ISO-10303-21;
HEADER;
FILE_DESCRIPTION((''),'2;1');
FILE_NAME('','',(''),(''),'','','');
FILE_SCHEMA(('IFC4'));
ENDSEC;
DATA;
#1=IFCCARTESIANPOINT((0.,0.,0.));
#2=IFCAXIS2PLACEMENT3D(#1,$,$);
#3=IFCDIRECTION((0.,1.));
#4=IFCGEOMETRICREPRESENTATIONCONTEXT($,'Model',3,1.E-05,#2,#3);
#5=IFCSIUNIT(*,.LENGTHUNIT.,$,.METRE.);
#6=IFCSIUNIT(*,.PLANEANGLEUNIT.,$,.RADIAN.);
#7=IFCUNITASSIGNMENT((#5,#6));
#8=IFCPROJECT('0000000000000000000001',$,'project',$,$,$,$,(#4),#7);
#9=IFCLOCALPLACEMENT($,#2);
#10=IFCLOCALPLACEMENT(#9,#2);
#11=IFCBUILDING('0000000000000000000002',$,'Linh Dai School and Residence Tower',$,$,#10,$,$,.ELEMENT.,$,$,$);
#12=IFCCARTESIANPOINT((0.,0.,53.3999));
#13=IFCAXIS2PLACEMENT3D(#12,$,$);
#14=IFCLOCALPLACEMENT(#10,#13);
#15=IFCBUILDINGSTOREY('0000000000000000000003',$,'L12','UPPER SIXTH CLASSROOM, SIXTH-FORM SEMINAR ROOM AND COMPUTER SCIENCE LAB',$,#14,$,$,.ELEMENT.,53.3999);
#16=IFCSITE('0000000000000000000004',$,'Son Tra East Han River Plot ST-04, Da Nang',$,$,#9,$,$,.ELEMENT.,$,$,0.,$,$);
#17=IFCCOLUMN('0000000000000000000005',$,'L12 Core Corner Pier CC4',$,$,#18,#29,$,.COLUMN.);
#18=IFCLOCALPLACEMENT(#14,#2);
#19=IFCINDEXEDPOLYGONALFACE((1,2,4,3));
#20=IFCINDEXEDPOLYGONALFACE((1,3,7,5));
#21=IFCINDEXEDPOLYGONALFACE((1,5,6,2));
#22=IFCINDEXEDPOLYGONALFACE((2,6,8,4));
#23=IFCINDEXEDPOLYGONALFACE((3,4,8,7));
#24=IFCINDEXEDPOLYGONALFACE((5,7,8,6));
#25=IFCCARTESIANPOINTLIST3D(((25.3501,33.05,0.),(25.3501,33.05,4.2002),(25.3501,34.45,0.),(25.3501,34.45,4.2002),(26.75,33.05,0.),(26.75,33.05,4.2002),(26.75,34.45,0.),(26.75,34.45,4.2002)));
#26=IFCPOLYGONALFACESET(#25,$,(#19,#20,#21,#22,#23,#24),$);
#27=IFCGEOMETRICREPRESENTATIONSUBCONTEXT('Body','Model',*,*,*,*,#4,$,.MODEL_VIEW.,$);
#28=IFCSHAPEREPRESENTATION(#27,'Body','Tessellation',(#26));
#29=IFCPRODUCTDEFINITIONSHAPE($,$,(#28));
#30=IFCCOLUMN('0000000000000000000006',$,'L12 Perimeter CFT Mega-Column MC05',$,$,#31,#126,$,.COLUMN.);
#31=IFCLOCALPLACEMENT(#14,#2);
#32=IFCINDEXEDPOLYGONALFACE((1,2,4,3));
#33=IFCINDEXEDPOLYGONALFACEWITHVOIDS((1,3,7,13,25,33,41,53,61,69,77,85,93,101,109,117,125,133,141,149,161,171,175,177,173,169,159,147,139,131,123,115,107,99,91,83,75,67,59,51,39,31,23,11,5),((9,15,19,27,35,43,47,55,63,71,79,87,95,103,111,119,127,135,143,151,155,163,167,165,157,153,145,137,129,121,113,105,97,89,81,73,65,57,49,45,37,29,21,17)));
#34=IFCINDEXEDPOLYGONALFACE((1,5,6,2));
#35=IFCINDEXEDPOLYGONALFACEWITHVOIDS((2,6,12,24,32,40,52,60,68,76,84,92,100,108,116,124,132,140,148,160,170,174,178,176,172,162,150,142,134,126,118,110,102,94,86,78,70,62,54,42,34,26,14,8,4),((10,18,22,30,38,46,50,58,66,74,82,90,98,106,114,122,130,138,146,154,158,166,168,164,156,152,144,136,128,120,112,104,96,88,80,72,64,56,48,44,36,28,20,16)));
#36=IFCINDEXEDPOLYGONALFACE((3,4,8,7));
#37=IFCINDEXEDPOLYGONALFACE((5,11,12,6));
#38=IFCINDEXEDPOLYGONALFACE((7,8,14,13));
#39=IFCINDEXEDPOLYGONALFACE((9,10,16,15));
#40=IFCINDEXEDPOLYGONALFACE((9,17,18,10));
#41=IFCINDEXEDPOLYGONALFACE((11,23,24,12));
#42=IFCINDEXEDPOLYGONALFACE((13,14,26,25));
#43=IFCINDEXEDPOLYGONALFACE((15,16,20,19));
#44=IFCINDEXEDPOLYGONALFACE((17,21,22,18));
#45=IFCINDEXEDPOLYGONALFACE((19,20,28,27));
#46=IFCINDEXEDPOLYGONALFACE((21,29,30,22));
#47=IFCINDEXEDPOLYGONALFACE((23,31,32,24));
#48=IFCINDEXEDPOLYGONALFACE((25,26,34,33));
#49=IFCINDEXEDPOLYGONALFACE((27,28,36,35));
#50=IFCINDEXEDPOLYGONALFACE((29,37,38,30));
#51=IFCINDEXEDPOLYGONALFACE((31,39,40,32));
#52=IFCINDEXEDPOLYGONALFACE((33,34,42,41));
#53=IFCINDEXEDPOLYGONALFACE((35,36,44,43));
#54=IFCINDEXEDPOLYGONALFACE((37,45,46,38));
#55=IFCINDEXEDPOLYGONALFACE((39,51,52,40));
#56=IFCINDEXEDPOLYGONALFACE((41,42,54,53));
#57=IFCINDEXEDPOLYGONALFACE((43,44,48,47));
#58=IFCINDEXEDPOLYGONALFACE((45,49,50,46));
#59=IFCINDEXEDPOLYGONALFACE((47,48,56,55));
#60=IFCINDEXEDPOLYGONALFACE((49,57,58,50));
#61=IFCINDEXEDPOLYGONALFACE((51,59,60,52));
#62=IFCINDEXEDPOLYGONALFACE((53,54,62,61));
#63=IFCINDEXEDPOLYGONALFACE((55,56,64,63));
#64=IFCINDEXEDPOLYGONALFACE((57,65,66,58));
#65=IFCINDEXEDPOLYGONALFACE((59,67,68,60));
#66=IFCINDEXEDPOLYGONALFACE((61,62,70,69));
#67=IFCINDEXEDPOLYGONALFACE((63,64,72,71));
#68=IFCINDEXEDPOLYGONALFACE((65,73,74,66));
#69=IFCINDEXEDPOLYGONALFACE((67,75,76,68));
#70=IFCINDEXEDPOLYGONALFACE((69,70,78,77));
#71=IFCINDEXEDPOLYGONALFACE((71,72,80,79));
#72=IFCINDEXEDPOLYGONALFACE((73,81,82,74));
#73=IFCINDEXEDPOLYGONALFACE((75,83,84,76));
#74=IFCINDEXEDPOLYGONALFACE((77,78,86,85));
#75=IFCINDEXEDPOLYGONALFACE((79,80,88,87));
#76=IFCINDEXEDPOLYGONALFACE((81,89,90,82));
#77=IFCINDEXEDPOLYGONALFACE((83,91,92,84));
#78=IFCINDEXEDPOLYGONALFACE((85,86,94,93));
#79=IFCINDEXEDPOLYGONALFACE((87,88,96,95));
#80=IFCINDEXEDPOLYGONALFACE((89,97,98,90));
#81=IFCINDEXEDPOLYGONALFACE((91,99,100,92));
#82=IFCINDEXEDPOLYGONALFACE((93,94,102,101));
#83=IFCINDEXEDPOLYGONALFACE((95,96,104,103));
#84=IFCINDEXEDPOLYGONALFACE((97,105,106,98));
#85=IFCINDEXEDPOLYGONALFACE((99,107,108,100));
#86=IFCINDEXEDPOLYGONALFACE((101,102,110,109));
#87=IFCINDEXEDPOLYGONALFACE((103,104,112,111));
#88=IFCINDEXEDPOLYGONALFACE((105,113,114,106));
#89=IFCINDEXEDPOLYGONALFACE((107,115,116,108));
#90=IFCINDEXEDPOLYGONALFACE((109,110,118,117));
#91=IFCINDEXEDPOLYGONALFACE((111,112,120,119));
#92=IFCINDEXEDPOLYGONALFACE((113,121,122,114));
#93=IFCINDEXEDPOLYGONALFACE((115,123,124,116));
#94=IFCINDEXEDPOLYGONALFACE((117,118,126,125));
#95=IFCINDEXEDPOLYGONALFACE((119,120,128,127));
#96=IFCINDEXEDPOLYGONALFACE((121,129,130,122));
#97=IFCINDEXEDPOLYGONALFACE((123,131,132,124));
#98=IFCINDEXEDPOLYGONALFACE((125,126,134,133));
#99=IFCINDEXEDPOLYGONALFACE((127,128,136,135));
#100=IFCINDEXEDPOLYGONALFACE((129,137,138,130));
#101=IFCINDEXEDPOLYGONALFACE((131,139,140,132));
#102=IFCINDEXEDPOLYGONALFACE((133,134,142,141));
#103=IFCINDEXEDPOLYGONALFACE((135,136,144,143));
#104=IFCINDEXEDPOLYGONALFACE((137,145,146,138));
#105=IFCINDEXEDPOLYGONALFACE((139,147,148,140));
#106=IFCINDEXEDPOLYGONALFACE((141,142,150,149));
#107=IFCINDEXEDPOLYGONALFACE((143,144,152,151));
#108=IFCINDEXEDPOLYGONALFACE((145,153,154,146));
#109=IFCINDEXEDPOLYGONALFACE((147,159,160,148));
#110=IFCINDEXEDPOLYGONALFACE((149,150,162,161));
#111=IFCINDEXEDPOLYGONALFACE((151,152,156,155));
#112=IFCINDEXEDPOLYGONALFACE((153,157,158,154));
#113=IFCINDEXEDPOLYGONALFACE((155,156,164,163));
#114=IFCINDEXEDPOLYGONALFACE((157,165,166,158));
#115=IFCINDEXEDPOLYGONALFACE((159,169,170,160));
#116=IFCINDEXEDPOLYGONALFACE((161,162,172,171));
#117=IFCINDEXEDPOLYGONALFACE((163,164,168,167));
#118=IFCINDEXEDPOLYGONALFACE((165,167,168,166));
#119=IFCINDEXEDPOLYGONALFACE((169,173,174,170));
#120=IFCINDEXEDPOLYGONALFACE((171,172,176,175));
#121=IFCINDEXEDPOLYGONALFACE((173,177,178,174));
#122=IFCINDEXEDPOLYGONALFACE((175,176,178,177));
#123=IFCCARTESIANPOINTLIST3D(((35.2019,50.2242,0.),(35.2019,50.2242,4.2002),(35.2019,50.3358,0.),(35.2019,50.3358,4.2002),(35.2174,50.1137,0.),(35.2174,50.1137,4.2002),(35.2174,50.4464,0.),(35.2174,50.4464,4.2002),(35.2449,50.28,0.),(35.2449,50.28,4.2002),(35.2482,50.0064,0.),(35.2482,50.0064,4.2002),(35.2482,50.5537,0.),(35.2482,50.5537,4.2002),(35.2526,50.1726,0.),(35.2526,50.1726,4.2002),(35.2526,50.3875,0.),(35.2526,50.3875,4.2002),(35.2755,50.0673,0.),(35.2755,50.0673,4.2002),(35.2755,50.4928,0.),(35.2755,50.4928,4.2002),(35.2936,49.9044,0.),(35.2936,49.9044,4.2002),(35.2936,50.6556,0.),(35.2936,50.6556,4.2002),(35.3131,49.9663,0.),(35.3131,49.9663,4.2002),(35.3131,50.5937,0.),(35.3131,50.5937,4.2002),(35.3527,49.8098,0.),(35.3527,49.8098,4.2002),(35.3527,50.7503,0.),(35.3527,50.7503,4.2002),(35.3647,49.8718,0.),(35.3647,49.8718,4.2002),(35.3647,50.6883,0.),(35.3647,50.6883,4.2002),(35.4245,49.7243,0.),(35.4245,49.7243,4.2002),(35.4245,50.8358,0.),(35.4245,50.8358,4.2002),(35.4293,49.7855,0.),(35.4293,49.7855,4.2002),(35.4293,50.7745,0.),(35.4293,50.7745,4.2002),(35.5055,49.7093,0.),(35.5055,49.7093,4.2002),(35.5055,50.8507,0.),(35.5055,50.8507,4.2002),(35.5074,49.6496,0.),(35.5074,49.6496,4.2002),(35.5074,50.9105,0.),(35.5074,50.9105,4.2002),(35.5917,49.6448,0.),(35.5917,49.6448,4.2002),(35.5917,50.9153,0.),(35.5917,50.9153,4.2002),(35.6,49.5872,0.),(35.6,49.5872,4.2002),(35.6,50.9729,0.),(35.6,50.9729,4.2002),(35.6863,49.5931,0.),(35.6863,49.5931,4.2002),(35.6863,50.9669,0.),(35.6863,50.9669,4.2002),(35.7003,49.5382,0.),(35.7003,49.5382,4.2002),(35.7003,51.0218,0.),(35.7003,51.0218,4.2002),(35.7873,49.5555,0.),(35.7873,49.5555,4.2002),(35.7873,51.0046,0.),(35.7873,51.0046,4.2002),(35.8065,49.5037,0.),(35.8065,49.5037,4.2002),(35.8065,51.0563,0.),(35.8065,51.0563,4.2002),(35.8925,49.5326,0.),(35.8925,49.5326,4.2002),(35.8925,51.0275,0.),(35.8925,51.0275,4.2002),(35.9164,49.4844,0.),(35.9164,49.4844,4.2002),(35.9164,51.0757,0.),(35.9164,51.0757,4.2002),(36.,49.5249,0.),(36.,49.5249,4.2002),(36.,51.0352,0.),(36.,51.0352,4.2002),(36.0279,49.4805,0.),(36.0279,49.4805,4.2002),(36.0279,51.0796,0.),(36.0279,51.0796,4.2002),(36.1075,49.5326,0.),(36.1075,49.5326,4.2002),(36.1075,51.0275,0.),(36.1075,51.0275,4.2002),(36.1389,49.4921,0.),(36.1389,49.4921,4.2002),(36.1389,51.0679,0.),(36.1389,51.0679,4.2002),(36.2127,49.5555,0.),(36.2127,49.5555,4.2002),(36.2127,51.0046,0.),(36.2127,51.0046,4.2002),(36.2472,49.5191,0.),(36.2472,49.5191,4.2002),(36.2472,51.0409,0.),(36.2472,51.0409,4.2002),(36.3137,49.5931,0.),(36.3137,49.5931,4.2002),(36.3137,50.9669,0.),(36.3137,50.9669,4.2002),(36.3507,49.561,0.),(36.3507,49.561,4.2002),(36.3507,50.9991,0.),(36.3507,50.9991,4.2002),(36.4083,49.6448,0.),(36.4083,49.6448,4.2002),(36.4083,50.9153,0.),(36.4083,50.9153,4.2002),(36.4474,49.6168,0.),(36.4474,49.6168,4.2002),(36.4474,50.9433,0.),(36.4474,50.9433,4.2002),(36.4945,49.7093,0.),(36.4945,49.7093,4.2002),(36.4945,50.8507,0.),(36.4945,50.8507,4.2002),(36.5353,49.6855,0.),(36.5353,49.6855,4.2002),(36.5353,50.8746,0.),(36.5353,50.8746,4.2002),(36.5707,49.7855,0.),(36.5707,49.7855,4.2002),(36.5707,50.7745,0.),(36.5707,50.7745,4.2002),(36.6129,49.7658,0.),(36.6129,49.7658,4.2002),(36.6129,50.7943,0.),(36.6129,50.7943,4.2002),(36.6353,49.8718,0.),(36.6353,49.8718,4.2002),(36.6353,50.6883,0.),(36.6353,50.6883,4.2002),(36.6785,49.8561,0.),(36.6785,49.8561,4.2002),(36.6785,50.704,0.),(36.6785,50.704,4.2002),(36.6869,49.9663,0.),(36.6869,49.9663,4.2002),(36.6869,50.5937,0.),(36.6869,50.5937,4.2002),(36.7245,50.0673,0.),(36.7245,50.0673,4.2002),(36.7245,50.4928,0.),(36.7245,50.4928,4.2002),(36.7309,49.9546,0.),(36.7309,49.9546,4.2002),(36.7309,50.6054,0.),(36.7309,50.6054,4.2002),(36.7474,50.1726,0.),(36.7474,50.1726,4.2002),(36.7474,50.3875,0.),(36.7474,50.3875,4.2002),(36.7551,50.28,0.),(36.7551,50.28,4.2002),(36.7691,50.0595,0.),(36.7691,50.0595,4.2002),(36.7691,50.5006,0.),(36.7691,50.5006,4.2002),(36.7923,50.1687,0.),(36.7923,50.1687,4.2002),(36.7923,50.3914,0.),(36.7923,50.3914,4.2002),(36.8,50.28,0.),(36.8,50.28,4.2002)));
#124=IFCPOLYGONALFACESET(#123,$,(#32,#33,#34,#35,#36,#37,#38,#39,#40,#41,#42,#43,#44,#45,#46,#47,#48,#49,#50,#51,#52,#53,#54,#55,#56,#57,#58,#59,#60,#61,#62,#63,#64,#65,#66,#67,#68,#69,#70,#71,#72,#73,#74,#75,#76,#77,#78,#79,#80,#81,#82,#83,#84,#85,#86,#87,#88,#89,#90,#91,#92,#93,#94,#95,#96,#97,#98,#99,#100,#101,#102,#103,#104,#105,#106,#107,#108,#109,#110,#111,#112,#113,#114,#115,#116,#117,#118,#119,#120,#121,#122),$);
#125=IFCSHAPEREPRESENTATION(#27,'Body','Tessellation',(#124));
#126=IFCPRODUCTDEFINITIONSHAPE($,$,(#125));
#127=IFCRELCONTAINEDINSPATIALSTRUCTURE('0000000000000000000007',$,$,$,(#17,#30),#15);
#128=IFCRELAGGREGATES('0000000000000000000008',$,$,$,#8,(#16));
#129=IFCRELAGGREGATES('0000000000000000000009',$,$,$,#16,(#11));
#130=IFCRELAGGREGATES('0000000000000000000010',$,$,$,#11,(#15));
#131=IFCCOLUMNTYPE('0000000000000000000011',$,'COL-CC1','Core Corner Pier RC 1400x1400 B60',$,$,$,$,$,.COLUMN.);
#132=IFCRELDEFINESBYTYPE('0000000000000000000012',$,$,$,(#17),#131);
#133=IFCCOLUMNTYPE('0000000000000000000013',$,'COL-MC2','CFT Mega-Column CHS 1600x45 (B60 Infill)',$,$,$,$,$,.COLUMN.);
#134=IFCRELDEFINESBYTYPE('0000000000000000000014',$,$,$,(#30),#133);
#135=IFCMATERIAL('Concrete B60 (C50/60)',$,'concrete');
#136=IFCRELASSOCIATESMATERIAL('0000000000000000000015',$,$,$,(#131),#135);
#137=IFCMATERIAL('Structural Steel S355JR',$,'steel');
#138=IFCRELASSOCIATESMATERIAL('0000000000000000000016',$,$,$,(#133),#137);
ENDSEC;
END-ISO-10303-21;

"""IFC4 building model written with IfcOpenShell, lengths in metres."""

from ifc_helpers import new_model, si_unit, direction, frame, origin, origin_2d, place, context, subcontext, project, spatial, rectangle, hollow_circle, extrude, material, material_profile, profile_set, type_object, element, save


model = new_model("IFC4")

# Units and contexts
model_context = context("Model", 3, precision=1e-05, world=origin(), true_north=direction((0.0, 1.0)))
body_context = subcontext(model_context, "Body", "Model", "MODEL_VIEW")
ifc_project = project(units=[si_unit("LENGTHUNIT", "METRE"), si_unit("PLANEANGLEUNIT", "RADIAN")], contexts=[model_context])

# Site, building, storey
site_placement = place(None, origin())
site = spatial("IfcSite", under=ifc_project, at=site_placement, Name="Son Tra East Han River Plot ST-04, Da Nang", CompositionType="ELEMENT", RefElevation=0.0)
building_placement = place(site_placement, origin())
building = spatial("IfcBuilding", under=site, at=building_placement, Name="Linh Dai School and Residence Tower", CompositionType="ELEMENT")
storey_placement = place(building_placement, frame((0.0, 0.0, 53.3999)))
storey = spatial("IfcBuildingStorey", under=building, at=storey_placement, Name="L12", Description="UPPER SIXTH CLASSROOM, SIXTH-FORM SEMINAR ROOM AND COMPUTER SCIENCE LAB", CompositionType="ELEMENT", Elevation=53.3999)

# Columns
ifc_material_1 = material(Name="Concrete B60 (C50/60)", Category="concrete")
ifc_material_profile_1 = material_profile(ifc_material_1, rectangle(XDim=1.3999, YDim=1.3999, at=origin_2d()), Name="RC 1400x1400")
ifc_profile_set_1 = profile_set([ifc_material_profile_1], Name="Concrete B60 (C50/60)")
column_type_1 = type_object("IfcColumnType", Name="COL-CC1", Description="Core Corner Pier RC 1400x1400 B60", PredefinedType="COLUMN", material=ifc_profile_set_1)
column_placement = place(storey_placement, frame((26.05, 33.75, 0.0), z_axis=(0.0, 0.0, 1.0), x_axis=(1.0, 0.0, 0.0)))
element("IfcColumn", 1, at=column_placement, inside=storey, type_object=column_type_1, Name="L12 Core Corner Pier CC4", PredefinedType="COLUMN", context=body_context, shape_type="SweptSolid", body=[
    extrude(rectangle(XDim=1.3999, YDim=1.3999, at=origin_2d()), origin(), (0.0, 0.0, 1.0), 4.2002),
])
ifc_material_2 = material(Name="Structural Steel S355JR", Category="steel")
ifc_material_profile_2 = material_profile(ifc_material_2, hollow_circle(Radius=0.8, WallThickness=0.0449, at=origin_2d()), Name="CHS 1600x45")
ifc_profile_set_2 = profile_set([ifc_material_profile_2], Name="Structural Steel S355JR")
column_type_2 = type_object("IfcColumnType", Name="COL-MC2", Description="CFT Mega-Column CHS 1600x45 (B60 Infill)", PredefinedType="COLUMN", material=ifc_profile_set_2)
for number, where, z_axis, x_axis, name in (
    (2, (36.0, 50.28, 0.0), (0.0, 0.0, 1.0), (1.0, 0.0, 0.0), "L12 Perimeter CFT Mega-Column MC05"),
):
    element("IfcColumn", number, at=place(storey_placement, frame(where, z_axis=z_axis, x_axis=x_axis)), inside=storey, type_object=column_type_2, Name=name, PredefinedType="COLUMN", context=body_context, shape_type="SweptSolid", body=[
        extrude(hollow_circle(Radius=0.8, WallThickness=0.0449, at=origin_2d()), origin(), (0.0, 0.0, 1.0), 4.2002),
    ])

save(model, "model.ifc")
